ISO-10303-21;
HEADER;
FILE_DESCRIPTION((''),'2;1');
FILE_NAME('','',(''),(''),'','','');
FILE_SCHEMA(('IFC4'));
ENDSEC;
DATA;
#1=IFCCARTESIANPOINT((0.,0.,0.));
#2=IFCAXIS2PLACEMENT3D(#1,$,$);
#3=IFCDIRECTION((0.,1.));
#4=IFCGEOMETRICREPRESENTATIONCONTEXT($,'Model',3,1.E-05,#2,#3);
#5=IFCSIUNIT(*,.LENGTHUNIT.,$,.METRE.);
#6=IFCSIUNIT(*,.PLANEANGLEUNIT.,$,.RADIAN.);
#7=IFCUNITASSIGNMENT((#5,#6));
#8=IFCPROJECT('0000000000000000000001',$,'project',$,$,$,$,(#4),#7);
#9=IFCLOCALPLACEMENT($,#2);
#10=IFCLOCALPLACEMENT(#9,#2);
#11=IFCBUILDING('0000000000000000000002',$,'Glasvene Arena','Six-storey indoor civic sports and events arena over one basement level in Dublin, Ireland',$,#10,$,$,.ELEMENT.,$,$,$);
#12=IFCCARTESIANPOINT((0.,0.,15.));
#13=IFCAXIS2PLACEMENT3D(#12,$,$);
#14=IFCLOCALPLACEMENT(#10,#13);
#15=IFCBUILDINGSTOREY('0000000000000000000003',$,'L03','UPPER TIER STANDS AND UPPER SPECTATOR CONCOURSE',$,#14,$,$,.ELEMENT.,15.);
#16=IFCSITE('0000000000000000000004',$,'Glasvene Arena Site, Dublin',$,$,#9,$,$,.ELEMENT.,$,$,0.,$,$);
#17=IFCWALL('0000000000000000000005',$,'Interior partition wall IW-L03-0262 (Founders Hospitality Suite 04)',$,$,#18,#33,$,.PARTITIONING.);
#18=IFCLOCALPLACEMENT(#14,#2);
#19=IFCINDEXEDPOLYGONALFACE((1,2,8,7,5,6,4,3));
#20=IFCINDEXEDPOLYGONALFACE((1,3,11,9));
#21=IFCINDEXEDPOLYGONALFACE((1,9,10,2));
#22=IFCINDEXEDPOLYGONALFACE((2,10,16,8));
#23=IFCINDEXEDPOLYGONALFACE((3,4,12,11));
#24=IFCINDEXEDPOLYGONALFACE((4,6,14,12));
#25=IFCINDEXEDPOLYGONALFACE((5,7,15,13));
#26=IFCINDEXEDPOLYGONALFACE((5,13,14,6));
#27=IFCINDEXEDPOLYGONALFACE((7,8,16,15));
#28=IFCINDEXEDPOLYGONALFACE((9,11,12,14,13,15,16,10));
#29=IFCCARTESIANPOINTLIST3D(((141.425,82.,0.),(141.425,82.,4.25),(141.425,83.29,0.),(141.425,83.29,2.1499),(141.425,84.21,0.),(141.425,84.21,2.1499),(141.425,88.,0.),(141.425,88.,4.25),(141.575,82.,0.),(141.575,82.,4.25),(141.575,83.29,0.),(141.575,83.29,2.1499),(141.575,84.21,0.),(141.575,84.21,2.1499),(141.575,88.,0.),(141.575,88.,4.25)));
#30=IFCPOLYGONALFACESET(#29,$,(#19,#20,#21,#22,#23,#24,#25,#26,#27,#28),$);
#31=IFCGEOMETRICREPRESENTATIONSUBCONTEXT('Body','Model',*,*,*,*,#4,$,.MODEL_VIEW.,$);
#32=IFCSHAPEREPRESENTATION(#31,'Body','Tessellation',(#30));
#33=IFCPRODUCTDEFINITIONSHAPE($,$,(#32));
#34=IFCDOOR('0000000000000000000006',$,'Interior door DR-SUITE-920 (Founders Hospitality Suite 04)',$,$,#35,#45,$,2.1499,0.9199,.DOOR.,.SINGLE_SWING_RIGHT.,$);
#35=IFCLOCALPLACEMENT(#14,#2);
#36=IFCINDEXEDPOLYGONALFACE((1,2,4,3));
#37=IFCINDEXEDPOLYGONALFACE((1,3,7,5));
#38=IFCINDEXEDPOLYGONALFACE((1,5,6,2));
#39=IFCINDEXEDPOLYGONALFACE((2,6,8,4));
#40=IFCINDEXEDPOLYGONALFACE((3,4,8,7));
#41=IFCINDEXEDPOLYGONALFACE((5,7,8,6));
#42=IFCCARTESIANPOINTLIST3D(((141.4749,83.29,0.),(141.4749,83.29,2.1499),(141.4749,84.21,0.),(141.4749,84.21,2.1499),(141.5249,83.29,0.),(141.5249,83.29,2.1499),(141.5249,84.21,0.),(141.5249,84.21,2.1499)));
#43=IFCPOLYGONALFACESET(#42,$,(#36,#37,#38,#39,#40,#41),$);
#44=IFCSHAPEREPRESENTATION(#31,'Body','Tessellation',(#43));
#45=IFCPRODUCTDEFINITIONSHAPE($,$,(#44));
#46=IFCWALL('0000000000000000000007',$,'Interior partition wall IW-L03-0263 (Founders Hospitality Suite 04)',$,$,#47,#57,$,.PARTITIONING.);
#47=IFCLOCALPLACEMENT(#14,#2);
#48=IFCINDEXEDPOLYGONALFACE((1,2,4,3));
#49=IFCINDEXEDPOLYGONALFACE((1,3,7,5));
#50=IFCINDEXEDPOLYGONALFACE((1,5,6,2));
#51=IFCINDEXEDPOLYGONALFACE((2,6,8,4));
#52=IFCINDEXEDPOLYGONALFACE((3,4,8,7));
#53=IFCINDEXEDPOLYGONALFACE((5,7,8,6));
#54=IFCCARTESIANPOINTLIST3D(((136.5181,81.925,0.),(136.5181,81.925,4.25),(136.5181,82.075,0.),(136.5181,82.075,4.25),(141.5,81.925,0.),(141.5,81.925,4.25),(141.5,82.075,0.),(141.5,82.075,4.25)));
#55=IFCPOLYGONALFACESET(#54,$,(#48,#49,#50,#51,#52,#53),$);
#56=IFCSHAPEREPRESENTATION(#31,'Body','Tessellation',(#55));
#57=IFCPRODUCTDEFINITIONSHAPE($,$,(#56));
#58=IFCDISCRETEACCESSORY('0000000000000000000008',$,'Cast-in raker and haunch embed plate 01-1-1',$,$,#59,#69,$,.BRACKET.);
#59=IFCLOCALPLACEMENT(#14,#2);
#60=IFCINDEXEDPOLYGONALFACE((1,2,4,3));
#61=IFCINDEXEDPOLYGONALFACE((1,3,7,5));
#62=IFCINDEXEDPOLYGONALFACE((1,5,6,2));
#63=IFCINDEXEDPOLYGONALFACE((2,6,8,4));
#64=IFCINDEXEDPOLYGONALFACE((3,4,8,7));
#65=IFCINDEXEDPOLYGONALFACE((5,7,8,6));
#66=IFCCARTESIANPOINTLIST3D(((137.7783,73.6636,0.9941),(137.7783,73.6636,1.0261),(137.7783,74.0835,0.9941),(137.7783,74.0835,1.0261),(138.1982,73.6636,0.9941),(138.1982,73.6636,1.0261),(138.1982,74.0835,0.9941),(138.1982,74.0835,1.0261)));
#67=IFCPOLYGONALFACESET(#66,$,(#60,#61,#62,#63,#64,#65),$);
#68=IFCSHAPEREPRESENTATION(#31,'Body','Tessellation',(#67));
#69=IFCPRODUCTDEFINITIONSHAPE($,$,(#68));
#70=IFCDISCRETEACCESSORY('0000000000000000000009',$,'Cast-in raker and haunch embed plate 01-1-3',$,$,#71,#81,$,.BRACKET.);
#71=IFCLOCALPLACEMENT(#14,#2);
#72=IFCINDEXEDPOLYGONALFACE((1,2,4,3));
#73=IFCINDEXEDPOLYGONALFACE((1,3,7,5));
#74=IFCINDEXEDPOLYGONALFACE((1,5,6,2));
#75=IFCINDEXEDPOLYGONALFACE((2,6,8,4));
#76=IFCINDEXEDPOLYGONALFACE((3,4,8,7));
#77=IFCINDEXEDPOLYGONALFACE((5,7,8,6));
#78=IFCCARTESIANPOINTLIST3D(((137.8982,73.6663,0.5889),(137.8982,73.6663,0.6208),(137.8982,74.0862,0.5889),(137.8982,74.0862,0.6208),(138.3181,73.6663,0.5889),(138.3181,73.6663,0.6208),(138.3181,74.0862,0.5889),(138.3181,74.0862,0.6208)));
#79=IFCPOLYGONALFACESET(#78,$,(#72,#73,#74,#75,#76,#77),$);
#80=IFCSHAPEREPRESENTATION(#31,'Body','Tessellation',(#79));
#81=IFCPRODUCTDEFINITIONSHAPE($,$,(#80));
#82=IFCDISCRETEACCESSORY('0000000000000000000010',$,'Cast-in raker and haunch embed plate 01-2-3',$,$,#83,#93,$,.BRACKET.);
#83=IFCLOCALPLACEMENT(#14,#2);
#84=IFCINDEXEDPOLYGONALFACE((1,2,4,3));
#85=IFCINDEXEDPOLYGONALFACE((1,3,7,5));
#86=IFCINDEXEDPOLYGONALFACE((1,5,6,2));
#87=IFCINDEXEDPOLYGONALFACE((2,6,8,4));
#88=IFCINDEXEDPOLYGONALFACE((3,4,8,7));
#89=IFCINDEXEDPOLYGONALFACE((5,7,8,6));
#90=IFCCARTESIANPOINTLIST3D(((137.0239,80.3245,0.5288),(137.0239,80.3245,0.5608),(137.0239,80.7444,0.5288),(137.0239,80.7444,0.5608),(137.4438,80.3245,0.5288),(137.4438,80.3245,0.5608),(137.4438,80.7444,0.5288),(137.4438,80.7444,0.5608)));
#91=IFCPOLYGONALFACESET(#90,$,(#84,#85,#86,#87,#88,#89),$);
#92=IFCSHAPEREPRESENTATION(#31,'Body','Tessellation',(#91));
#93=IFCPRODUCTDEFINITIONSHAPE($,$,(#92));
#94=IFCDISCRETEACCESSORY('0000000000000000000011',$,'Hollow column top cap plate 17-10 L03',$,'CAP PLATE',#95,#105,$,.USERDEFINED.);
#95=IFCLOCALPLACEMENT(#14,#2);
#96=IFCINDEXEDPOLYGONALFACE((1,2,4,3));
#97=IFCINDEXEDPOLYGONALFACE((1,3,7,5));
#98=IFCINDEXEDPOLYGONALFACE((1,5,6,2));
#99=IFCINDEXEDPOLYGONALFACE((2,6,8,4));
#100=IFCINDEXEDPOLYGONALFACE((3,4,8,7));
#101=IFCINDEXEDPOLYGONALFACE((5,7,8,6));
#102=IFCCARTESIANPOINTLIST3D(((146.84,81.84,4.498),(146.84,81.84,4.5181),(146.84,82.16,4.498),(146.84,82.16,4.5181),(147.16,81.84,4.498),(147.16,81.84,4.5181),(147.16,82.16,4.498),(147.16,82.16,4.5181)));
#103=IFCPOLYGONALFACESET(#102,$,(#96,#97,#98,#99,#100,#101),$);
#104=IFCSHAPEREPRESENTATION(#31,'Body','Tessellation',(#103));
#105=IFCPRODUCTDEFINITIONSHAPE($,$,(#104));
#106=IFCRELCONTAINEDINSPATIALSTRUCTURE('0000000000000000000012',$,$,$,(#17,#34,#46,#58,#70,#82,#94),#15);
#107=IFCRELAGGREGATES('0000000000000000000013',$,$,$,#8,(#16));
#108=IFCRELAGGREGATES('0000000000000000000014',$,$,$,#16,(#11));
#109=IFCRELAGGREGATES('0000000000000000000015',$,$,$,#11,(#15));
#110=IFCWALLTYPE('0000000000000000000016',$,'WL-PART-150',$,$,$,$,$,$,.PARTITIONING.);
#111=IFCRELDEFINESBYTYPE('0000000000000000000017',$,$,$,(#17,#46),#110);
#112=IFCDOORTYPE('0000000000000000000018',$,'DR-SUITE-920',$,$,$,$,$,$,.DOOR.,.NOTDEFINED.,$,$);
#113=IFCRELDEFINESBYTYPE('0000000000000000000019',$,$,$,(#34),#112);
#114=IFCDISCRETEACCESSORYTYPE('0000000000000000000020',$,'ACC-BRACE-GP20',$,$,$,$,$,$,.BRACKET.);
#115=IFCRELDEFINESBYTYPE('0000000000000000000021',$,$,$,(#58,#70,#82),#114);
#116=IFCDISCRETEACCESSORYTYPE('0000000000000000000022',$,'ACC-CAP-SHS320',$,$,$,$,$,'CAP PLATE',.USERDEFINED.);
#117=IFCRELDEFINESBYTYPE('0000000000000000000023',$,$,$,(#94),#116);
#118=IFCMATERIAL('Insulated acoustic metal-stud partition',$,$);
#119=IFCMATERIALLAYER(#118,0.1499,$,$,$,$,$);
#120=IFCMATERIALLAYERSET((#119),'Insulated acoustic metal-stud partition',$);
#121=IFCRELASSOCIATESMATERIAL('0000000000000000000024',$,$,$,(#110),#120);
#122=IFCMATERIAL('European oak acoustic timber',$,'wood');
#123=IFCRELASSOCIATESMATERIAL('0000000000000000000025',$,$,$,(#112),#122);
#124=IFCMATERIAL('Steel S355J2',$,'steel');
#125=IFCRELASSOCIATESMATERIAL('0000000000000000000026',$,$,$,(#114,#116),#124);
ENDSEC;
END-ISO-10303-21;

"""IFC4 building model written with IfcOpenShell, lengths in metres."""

from ifc_helpers import new_model, si_unit, direction, frame, frame_2d, origin, origin_2d, place, context, subcontext, project, spatial, rectangle, extrude, material, layer, layer_set, type_object, element, fill, save


model = new_model("IFC4")

# Units and contexts
model_context = context("Model", 3, precision=1e-05, world=origin(), true_north=direction((0.0, 1.0)))
body_context = subcontext(model_context, "Body", "Model", "MODEL_VIEW")
ifc_project = project(units=[si_unit("LENGTHUNIT", "METRE"), si_unit("PLANEANGLEUNIT", "RADIAN")], contexts=[model_context])

# Site, building, storey
site_placement = place(None, origin())
site = spatial("IfcSite", under=ifc_project, at=site_placement, Name="Glasvene Arena Site, Dublin", CompositionType="ELEMENT", RefElevation=0.0)
building_placement = place(site_placement, origin())
building = spatial("IfcBuilding", under=site, at=building_placement, Name="Glasvene Arena", Description="Six-storey indoor civic sports and events arena over one basement level in Dublin, Ireland", CompositionType="ELEMENT")
storey_placement = place(building_placement, frame((0.0, 0.0, 15.0)))
storey = spatial("IfcBuildingStorey", under=building, at=storey_placement, Name="L03", Description="UPPER TIER STANDS AND UPPER SPECTATOR CONCOURSE", CompositionType="ELEMENT", Elevation=15.0)

# Shared definitions
ifc_material_1 = material(Name="Steel S355J2", Category="steel")

# Wall, opening, door
ifc_material_2 = material(Name="Insulated acoustic metal-stud partition")
ifc_layer_1 = layer(ifc_material_2, 0.1499)
ifc_layer_set_1 = layer_set([ifc_layer_1], Name="Insulated acoustic metal-stud partition")
wall_type_1 = type_object("IfcWallType", Name="WL-PART-150", PredefinedType="PARTITIONING", material=ifc_layer_set_1)
wall_1_placement = place(storey_placement, frame((141.5, 88.0, 0.0), z_axis=(0.0, 0.0, 1.0), x_axis=(0.0, -1.0, 0.0)))
wall_1 = element("IfcWall", 1, at=wall_1_placement, inside=storey, type_object=wall_type_1, Name="Interior partition wall IW-L03-0262 (Founders Hospitality Suite 04)", PredefinedType="PARTITIONING", context=body_context, shape_type="SweptSolid", body=[
    extrude(rectangle(XDim=6.0, YDim=0.1499, at=frame_2d((3.0, 0.0))), origin(), (0.0, 0.0, 1.0), 4.25),
])
opening_1_placement = place(wall_1_placement, frame((3.79, 0.0, 0.0)))
opening_1 = element("IfcOpeningElement", 2, at=opening_1_placement, cuts=wall_1, PredefinedType="OPENING", context=body_context, shape_type="SweptSolid", body=[
    extrude(rectangle(XDim=0.9199, YDim=2.1499, at=frame_2d((0.46, 1.075))), frame((0.0, 0.085, 0.0), z_axis=(0.0, -1.0, 0.0), x_axis=(1.0, 0.0, 0.0)), (0.0, 0.0, 1.0), 0.1699),
])
ifc_material_3 = material(Name="European oak acoustic timber", Category="wood")
door_type = type_object("IfcDoorType", Name="DR-SUITE-920", OperationType="NOTDEFINED", PredefinedType="DOOR", material=ifc_material_3)
door_placement = place(opening_1_placement, origin())
door = element("IfcDoor", 3, at=door_placement, inside=storey, type_object=door_type, Name="Interior door DR-SUITE-920 (Founders Hospitality Suite 04)", OperationType="SINGLE_SWING_RIGHT", OverallHeight=2.1499, OverallWidth=0.9199, PredefinedType="DOOR", context=body_context, shape_type="SweptSolid", body=[
    extrude(rectangle(XDim=0.9199, YDim=2.1499, at=frame_2d((0.46, 1.075))), frame((0.0, 0.0249, 0.0), z_axis=(0.0, -1.0, 0.0), x_axis=(1.0, 0.0, 0.0)), (0.0, 0.0, 1.0), 0.05),
])
fill(opening_1, door)

# Wall
wall_2_placement = place(storey_placement, frame((141.5, 82.0, 0.0), z_axis=(0.0, 0.0, 1.0), x_axis=(-1.0, 0.0, 0.0)))
element("IfcWall", 4, at=wall_2_placement, inside=storey, type_object=wall_type_1, Name="Interior partition wall IW-L03-0263 (Founders Hospitality Suite 04)", PredefinedType="PARTITIONING", context=body_context, shape_type="SweptSolid", body=[
    extrude(rectangle(XDim=4.9819, YDim=0.1499, at=frame_2d((2.491, 0.0))), origin(), (0.0, 0.0, 1.0), 4.25),
])

# Discrete accessories
discrete_accessory_type_1 = type_object("IfcDiscreteAccessoryType", Name="ACC-BRACE-GP20", PredefinedType="BRACKET", material=ifc_material_1)
for number, where, z_axis, x_axis, name in (
    (5, (137.9883, 73.8735, 0.9941), (0.0, 0.0, 1.0), (1.0, 0.0, 0.0), "Cast-in raker and haunch embed plate 01-1-1"),
    (6, (138.1082, 73.8762, 0.5889), (0.0, 0.0, 1.0), (1.0, 0.0, 0.0), "Cast-in raker and haunch embed plate 01-1-3"),
    (7, (137.2339, 80.5344, 0.5288), (0.0, 0.0, 1.0), (1.0, 0.0, 0.0), "Cast-in raker and haunch embed plate 01-2-3"),
):
    element("IfcDiscreteAccessory", number, at=place(storey_placement, frame(where, z_axis=z_axis, x_axis=x_axis)), inside=storey, type_object=discrete_accessory_type_1, Name=name, PredefinedType="BRACKET", context=body_context, shape_type="SweptSolid", body=[
        extrude(rectangle(XDim=0.4199, YDim=0.4199, at=origin_2d()), origin(), (0.0, 0.0, 1.0), 0.032),
    ])
discrete_accessory_type_2 = type_object("IfcDiscreteAccessoryType", Name="ACC-CAP-SHS320", ElementType="CAP PLATE", PredefinedType="USERDEFINED", material=ifc_material_1)
discrete_accessory_placement = place(storey_placement, frame((147.0, 82.0, 4.498), z_axis=(0.0, 0.0, 1.0), x_axis=(1.0, 0.0, 0.0)))
element("IfcDiscreteAccessory", 8, at=discrete_accessory_placement, inside=storey, type_object=discrete_accessory_type_2, Name="Hollow column top cap plate 17-10 L03", ObjectType="CAP PLATE", PredefinedType="USERDEFINED", context=body_context, shape_type="SweptSolid", body=[
    extrude(rectangle(XDim=0.3201, YDim=0.3201, at=origin_2d()), origin(), (0.0, 0.0, 1.0), 0.02),
])

save(model, "model.ifc")
